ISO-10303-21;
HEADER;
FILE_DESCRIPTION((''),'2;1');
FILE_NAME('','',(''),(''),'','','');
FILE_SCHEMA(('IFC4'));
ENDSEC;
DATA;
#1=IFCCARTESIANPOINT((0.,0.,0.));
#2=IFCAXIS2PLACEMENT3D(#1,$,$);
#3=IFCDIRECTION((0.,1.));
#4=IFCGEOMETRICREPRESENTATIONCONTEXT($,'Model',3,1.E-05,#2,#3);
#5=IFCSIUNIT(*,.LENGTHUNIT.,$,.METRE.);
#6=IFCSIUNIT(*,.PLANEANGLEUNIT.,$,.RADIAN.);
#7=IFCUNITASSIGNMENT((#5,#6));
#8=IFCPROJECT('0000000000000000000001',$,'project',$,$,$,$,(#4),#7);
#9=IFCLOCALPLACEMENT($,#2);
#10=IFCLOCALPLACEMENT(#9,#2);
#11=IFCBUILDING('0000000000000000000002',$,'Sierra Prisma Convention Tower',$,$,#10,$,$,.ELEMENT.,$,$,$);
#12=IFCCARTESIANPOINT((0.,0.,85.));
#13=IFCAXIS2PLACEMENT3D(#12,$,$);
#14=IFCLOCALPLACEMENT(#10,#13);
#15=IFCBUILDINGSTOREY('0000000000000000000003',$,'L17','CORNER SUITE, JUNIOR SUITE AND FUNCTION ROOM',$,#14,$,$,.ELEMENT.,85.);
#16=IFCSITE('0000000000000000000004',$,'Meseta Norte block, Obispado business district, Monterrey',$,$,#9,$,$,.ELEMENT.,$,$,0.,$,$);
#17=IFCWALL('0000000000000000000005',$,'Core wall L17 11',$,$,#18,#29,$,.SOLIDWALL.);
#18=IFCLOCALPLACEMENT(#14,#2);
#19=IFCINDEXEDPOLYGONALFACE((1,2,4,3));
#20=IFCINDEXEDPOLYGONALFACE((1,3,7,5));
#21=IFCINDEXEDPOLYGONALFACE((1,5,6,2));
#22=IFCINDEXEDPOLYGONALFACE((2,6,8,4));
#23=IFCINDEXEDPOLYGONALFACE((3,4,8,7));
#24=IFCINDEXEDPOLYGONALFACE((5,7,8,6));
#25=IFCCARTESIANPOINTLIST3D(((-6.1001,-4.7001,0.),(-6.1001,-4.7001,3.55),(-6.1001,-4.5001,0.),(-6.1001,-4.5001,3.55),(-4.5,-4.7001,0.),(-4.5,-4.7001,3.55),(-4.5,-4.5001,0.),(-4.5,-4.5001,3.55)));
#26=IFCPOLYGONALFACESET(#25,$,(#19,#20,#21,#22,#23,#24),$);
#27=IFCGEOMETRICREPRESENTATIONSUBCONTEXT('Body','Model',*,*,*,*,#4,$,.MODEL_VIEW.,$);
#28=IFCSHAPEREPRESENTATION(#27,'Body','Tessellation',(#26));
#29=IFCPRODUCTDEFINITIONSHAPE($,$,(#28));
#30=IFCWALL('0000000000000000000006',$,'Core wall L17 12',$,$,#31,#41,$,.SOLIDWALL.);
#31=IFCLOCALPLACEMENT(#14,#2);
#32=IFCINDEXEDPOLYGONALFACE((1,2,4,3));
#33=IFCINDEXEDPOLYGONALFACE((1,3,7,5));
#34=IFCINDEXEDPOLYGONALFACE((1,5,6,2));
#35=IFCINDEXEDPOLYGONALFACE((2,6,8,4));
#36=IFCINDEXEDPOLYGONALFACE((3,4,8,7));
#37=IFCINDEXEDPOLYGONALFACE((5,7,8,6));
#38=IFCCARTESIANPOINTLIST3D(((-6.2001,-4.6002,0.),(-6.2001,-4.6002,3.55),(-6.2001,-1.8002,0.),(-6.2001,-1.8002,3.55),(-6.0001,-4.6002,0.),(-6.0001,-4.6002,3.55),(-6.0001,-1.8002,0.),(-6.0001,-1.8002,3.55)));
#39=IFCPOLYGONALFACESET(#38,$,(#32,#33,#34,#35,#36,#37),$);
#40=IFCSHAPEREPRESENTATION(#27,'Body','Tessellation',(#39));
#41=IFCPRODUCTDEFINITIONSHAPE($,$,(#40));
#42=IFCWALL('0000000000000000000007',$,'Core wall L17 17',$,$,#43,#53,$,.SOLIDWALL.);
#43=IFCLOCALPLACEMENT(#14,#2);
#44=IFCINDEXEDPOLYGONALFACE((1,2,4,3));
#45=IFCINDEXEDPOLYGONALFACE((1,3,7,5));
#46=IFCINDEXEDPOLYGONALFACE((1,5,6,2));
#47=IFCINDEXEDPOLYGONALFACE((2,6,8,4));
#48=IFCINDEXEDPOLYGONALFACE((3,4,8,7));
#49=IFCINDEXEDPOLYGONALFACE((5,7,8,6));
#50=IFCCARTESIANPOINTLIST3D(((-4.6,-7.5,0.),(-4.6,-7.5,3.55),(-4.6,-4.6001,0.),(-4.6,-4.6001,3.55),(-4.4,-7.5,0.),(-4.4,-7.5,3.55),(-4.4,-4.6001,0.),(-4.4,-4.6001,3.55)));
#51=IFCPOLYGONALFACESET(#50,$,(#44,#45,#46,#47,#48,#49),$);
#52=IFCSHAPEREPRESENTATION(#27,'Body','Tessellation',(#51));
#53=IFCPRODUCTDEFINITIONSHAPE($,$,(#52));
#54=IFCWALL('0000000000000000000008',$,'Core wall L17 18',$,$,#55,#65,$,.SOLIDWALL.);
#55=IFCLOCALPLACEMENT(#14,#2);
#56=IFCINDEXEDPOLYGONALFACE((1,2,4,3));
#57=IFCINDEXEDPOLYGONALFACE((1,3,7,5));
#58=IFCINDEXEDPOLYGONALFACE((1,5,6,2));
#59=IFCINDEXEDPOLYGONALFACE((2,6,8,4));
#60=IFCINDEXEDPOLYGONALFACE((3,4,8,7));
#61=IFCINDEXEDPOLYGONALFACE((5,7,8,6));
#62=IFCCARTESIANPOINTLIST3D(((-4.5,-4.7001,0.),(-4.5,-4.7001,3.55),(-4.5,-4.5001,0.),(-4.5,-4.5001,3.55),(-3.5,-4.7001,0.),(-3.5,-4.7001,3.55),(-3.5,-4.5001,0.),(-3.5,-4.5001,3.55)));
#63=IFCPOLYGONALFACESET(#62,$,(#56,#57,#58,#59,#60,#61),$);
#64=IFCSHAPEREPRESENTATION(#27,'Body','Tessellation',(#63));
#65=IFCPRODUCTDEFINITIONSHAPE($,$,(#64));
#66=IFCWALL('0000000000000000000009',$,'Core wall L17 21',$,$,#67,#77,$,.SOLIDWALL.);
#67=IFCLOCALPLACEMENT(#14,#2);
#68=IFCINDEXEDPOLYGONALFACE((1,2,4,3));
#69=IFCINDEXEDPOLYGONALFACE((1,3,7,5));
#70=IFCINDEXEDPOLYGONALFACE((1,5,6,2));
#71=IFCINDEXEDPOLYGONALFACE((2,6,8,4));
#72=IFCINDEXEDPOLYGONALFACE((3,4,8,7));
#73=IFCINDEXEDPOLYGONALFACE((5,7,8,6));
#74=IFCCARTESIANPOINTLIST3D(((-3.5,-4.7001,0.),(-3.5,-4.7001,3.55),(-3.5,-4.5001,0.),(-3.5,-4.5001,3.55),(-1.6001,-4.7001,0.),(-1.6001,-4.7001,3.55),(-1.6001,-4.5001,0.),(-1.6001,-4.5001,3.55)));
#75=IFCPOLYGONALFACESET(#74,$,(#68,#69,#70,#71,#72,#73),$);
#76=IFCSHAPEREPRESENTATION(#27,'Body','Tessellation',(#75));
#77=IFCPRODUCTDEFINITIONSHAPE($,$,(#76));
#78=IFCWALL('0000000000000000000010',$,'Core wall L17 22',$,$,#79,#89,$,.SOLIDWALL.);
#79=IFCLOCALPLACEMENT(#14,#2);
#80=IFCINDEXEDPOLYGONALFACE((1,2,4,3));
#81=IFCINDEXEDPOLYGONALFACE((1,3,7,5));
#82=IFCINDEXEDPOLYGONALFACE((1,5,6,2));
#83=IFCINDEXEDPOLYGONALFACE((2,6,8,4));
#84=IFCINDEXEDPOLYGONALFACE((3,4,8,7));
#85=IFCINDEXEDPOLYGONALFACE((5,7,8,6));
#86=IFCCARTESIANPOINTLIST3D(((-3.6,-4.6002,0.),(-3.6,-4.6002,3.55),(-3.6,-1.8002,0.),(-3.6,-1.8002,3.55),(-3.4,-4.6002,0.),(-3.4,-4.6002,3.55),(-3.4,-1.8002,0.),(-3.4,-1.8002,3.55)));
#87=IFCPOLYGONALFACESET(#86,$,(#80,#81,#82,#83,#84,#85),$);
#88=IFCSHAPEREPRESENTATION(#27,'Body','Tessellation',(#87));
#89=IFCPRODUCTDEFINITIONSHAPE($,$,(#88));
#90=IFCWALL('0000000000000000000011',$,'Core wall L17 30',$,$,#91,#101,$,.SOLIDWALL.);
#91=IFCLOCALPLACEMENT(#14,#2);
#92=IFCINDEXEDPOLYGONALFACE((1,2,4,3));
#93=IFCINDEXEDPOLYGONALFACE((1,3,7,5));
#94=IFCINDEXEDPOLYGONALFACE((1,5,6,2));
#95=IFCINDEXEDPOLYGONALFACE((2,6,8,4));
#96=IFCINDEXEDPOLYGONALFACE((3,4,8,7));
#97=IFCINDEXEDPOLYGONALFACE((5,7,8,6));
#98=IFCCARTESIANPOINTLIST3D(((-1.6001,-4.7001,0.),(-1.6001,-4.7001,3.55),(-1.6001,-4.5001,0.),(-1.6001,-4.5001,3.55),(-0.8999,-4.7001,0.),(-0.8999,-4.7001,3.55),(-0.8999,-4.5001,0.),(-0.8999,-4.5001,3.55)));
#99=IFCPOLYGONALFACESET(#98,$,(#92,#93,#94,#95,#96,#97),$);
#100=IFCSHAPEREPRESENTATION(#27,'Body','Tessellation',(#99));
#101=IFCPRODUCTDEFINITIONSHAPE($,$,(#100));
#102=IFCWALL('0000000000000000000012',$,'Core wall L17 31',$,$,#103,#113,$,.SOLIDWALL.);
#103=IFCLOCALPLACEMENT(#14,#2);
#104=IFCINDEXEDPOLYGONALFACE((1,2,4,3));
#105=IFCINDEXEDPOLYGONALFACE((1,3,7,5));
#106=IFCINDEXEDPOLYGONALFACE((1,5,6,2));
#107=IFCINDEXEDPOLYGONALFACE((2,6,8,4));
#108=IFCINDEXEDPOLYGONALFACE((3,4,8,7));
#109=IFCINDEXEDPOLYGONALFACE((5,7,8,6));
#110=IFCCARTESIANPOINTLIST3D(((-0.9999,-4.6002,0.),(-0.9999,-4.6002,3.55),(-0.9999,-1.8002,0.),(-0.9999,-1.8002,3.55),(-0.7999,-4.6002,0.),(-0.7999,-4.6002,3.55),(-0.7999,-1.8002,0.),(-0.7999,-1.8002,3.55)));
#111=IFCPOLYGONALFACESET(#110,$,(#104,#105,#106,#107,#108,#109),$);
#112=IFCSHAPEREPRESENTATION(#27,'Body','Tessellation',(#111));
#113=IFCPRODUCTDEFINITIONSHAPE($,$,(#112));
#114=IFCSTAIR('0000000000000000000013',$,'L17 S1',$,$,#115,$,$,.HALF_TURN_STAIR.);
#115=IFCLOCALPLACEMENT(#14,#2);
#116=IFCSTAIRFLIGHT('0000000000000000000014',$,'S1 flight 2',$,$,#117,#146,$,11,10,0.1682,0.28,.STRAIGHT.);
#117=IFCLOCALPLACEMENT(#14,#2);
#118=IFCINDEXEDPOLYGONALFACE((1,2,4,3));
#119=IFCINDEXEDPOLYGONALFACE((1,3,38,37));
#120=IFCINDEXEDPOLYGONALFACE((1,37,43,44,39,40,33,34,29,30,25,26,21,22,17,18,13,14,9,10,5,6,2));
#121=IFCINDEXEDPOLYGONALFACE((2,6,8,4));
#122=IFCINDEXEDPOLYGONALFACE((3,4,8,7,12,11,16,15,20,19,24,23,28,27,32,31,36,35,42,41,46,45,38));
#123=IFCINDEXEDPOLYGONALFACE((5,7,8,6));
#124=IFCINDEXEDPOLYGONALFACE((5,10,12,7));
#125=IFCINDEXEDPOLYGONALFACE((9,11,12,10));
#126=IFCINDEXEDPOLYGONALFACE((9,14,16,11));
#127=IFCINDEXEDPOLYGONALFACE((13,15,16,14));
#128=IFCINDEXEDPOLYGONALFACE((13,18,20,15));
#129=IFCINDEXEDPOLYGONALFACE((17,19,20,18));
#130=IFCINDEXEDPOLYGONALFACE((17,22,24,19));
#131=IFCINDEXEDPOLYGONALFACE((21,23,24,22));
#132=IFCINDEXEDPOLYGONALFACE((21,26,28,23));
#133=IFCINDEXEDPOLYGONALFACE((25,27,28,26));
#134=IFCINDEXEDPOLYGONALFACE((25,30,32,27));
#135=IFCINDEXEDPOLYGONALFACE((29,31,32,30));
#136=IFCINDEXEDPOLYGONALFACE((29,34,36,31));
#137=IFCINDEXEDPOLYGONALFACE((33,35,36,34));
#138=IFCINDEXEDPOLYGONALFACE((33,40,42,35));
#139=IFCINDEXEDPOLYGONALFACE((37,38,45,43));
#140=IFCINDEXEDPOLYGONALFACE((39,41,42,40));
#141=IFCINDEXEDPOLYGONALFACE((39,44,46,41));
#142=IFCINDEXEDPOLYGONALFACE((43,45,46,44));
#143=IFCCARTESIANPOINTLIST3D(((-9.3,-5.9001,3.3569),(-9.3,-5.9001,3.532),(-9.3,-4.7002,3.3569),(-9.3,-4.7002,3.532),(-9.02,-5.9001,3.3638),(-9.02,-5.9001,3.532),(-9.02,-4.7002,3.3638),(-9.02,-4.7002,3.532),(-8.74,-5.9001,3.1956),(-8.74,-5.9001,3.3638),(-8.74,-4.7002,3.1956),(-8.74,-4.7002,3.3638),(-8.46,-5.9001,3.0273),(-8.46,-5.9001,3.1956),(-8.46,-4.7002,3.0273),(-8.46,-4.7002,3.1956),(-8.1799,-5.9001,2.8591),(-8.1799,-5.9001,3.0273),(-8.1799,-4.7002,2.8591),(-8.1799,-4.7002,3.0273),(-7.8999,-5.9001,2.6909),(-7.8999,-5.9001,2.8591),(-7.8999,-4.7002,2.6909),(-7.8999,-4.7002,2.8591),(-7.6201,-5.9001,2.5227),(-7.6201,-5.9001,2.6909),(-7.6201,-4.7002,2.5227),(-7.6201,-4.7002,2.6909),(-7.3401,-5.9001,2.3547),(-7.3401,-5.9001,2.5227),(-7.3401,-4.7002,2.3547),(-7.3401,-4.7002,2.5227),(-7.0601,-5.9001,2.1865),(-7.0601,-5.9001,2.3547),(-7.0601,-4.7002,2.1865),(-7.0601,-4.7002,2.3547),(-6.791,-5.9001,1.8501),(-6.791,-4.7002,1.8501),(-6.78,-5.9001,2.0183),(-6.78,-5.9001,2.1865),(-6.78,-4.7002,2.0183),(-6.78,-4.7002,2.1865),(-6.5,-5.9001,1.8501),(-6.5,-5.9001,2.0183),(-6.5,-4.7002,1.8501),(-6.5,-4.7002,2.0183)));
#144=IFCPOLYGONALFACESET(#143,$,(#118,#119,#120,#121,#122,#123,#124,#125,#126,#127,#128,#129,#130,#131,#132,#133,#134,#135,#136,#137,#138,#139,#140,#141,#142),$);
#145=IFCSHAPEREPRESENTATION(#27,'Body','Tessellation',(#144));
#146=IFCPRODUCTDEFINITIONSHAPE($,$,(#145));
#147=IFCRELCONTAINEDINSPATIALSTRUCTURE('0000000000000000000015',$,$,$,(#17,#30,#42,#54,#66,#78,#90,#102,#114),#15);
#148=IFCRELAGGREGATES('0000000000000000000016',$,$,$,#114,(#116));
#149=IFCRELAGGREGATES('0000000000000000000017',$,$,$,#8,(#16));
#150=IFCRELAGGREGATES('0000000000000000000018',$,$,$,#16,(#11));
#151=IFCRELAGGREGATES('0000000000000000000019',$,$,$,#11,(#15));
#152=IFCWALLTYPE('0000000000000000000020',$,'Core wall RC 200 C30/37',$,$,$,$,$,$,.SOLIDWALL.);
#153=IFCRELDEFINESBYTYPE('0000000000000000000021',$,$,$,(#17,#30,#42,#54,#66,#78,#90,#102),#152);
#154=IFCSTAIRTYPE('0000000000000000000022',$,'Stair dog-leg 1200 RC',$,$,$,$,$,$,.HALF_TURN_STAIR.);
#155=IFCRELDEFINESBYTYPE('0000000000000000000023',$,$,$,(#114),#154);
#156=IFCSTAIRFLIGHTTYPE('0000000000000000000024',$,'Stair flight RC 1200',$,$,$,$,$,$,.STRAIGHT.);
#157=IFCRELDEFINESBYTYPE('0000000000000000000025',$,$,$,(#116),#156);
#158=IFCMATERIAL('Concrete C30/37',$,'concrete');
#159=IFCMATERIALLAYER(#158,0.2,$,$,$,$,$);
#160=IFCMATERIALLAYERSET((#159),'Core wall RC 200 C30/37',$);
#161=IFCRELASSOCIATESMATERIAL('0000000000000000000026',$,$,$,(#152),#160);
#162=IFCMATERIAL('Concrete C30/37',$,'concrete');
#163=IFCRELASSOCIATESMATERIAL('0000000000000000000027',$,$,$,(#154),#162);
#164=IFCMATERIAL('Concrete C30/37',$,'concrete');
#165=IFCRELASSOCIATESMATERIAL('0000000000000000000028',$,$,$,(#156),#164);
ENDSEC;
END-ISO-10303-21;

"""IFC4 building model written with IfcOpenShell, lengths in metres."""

from ifc_helpers import new_model, si_unit, direction, frame, frame_2d, origin, place, context, subcontext, project, spatial, polyline, rectangle, outline, extrude, material, layer, layer_set, type_object, element, aggregate, save


model = new_model("IFC4")

# Units and contexts
model_context = context("Model", 3, precision=1e-05, world=origin(), true_north=direction((0.0, 1.0)))
body_context = subcontext(model_context, "Body", "Model", "MODEL_VIEW")
ifc_project = project(units=[si_unit("LENGTHUNIT", "METRE"), si_unit("PLANEANGLEUNIT", "RADIAN")], contexts=[model_context])

# Site, building, storey
site_placement = place(None, origin())
site = spatial("IfcSite", under=ifc_project, at=site_placement, Name="Meseta Norte block, Obispado business district, Monterrey", CompositionType="ELEMENT", RefElevation=0.0)
building_placement = place(site_placement, origin())
building = spatial("IfcBuilding", under=site, at=building_placement, Name="Sierra Prisma Convention Tower", CompositionType="ELEMENT")
storey_placement = place(building_placement, frame((0.0, 0.0, 85.0)))
storey = spatial("IfcBuildingStorey", under=building, at=storey_placement, Name="L17", Description="CORNER SUITE, JUNIOR SUITE AND FUNCTION ROOM", CompositionType="ELEMENT", Elevation=85.0)

# Walls
ifc_material_1 = material(Name="Concrete C30/37", Category="concrete")
ifc_layer = layer(ifc_material_1, 0.2)
ifc_layer_set = layer_set([ifc_layer], Name="Core wall RC 200 C30/37")
wall_type = type_object("IfcWallType", Name="Core wall RC 200 C30/37", PredefinedType="SOLIDWALL", material=ifc_layer_set)
wall_1_placement = place(storey_placement, frame((-6.1001, -4.6001, 0.0), z_axis=(0.0, 0.0, 1.0), x_axis=(1.0, 0.0, 0.0)))
element("IfcWall", 1, at=wall_1_placement, inside=storey, type_object=wall_type, Name="Core wall L17 11", PredefinedType="SOLIDWALL", context=body_context, shape_type="SweptSolid", body=[
    extrude(rectangle(XDim=1.6001, YDim=0.2, at=frame_2d((0.8, 0.0))), origin(), (0.0, 0.0, 1.0), 3.55),
])
wall_2_placement = place(storey_placement, frame((-6.1001, -4.6001, 0.0), z_axis=(0.0, 0.0, 1.0), x_axis=(0.0, 1.0, 0.0)))
element("IfcWall", 2, at=wall_2_placement, inside=storey, type_object=wall_type, Name="Core wall L17 12", PredefinedType="SOLIDWALL", context=body_context, shape_type="SweptSolid", body=[
    extrude(rectangle(XDim=2.8, YDim=0.2, at=frame_2d((1.3999, 0.0))), origin(), (0.0, 0.0, 1.0), 3.55),
])

# Walls
wall_3_placement = place(storey_placement, frame((-4.5, -4.6001, 0.0), z_axis=(0.0, 0.0, 1.0), x_axis=(0.0, -1.0, 0.0)))
element("IfcWall", 3, at=wall_3_placement, inside=storey, type_object=wall_type, Name="Core wall L17 17", PredefinedType="SOLIDWALL", context=body_context, shape_type="SweptSolid", body=[
    extrude(rectangle(XDim=2.8999, YDim=0.2, at=frame_2d((1.45, 0.0))), origin(), (0.0, 0.0, 1.0), 3.55),
])
wall_4_placement = place(storey_placement, frame((-4.5, -4.6001, 0.0), z_axis=(0.0, 0.0, 1.0), x_axis=(1.0, 0.0, 0.0)))
element("IfcWall", 4, at=wall_4_placement, inside=storey, type_object=wall_type, Name="Core wall L17 18", PredefinedType="SOLIDWALL", context=body_context, shape_type="SweptSolid", body=[
    extrude(rectangle(XDim=1.0, YDim=0.2, at=frame_2d((0.5, 0.0))), origin(), (0.0, 0.0, 1.0), 3.55),
])
wall_5_placement = place(storey_placement, frame((-3.5, -4.6001, 0.0), z_axis=(0.0, 0.0, 1.0), x_axis=(1.0, 0.0, 0.0)))
element("IfcWall", 5, at=wall_5_placement, inside=storey, type_object=wall_type, Name="Core wall L17 21", PredefinedType="SOLIDWALL", context=body_context, shape_type="SweptSolid", body=[
    extrude(rectangle(XDim=1.8999, YDim=0.2, at=frame_2d((0.95, 0.0))), origin(), (0.0, 0.0, 1.0), 3.55),
])
wall_6_placement = place(storey_placement, frame((-3.5, -4.6001, 0.0), z_axis=(0.0, 0.0, 1.0), x_axis=(0.0, 1.0, 0.0)))
element("IfcWall", 6, at=wall_6_placement, inside=storey, type_object=wall_type, Name="Core wall L17 22", PredefinedType="SOLIDWALL", context=body_context, shape_type="SweptSolid", body=[
    extrude(rectangle(XDim=2.8, YDim=0.2, at=frame_2d((1.3999, 0.0))), origin(), (0.0, 0.0, 1.0), 3.55),
])

# Walls
wall_7_placement = place(storey_placement, frame((-1.6001, -4.6001, 0.0), z_axis=(0.0, 0.0, 1.0), x_axis=(1.0, 0.0, 0.0)))
element("IfcWall", 7, at=wall_7_placement, inside=storey, type_object=wall_type, Name="Core wall L17 30", PredefinedType="SOLIDWALL", context=body_context, shape_type="SweptSolid", body=[
    extrude(rectangle(XDim=0.7002, YDim=0.2, at=frame_2d((0.3501, 0.0))), origin(), (0.0, 0.0, 1.0), 3.55),
])
wall_8_placement = place(storey_placement, frame((-0.8999, -4.6001, 0.0), z_axis=(0.0, 0.0, 1.0), x_axis=(0.0, 1.0, 0.0)))
element("IfcWall", 8, at=wall_8_placement, inside=storey, type_object=wall_type, Name="Core wall L17 31", PredefinedType="SOLIDWALL", context=body_context, shape_type="SweptSolid", body=[
    extrude(rectangle(XDim=2.8, YDim=0.2, at=frame_2d((1.3999, 0.0))), origin(), (0.0, 0.0, 1.0), 3.55),
])

# Stair, stair flight
ifc_material_2 = material(Name="Concrete C30/37", Category="concrete")
stair_type = type_object("IfcStairType", Name="Stair dog-leg 1200 RC", PredefinedType="HALF_TURN_STAIR", material=ifc_material_2)
stair_placement = place(storey_placement, origin())
stair = element("IfcStair", 9, at=stair_placement, inside=storey, type_object=stair_type, Name="L17 S1", PredefinedType="HALF_TURN_STAIR")
ifc_material_3 = material(Name="Concrete C30/37", Category="concrete")
stair_flight_type = type_object("IfcStairFlightType", Name="Stair flight RC 1200", PredefinedType="STRAIGHT", material=ifc_material_3)
stair_flight_placement = place(storey_placement, frame((-6.5, -5.3, 1.8501), z_axis=(0.0, 0.0, 1.0), x_axis=(-1.0, 0.0, 0.0)))
stair_flight = element("IfcStairFlight", 10, at=stair_flight_placement, type_object=stair_flight_type, Name="S1 flight 2", NumberOfRisers=11, NumberOfTreads=10, PredefinedType="STRAIGHT", RiserHeight=0.1682, TreadLength=0.28, context=body_context, shape_type="SweptSolid", body=[
    extrude(outline(polyline([(0.0, 0.0), (0.0, 0.1682), (0.28, 0.1682), (0.28, 0.3364), (0.5601, 0.3364), (0.5601, 0.5046), (0.8401, 0.5046), (0.8401, 0.6726), (1.1201, 0.6726), (1.1201, 0.8408), (1.3999, 0.8408), (1.3999, 1.009), (1.6799, 1.009), (1.6799, 1.1772), (1.96, 1.1772), (1.96, 1.3455), (2.24, 1.3455), (2.24, 1.5137), (2.52, 1.5137), (2.52, 1.6819), (2.8, 1.6819), (2.8, 1.8501), (2.8, 1.5068), (0.291, 0.0), (0.0, 0.0)])), frame((0.0, 0.6001, 0.0), z_axis=(0.0, -1.0, 0.0), x_axis=(1.0, 0.0, 0.0)), (0.0, 0.0, 1.0), 1.2),
])
aggregate(stair, [stair_flight])

save(model, "model.ifc")
